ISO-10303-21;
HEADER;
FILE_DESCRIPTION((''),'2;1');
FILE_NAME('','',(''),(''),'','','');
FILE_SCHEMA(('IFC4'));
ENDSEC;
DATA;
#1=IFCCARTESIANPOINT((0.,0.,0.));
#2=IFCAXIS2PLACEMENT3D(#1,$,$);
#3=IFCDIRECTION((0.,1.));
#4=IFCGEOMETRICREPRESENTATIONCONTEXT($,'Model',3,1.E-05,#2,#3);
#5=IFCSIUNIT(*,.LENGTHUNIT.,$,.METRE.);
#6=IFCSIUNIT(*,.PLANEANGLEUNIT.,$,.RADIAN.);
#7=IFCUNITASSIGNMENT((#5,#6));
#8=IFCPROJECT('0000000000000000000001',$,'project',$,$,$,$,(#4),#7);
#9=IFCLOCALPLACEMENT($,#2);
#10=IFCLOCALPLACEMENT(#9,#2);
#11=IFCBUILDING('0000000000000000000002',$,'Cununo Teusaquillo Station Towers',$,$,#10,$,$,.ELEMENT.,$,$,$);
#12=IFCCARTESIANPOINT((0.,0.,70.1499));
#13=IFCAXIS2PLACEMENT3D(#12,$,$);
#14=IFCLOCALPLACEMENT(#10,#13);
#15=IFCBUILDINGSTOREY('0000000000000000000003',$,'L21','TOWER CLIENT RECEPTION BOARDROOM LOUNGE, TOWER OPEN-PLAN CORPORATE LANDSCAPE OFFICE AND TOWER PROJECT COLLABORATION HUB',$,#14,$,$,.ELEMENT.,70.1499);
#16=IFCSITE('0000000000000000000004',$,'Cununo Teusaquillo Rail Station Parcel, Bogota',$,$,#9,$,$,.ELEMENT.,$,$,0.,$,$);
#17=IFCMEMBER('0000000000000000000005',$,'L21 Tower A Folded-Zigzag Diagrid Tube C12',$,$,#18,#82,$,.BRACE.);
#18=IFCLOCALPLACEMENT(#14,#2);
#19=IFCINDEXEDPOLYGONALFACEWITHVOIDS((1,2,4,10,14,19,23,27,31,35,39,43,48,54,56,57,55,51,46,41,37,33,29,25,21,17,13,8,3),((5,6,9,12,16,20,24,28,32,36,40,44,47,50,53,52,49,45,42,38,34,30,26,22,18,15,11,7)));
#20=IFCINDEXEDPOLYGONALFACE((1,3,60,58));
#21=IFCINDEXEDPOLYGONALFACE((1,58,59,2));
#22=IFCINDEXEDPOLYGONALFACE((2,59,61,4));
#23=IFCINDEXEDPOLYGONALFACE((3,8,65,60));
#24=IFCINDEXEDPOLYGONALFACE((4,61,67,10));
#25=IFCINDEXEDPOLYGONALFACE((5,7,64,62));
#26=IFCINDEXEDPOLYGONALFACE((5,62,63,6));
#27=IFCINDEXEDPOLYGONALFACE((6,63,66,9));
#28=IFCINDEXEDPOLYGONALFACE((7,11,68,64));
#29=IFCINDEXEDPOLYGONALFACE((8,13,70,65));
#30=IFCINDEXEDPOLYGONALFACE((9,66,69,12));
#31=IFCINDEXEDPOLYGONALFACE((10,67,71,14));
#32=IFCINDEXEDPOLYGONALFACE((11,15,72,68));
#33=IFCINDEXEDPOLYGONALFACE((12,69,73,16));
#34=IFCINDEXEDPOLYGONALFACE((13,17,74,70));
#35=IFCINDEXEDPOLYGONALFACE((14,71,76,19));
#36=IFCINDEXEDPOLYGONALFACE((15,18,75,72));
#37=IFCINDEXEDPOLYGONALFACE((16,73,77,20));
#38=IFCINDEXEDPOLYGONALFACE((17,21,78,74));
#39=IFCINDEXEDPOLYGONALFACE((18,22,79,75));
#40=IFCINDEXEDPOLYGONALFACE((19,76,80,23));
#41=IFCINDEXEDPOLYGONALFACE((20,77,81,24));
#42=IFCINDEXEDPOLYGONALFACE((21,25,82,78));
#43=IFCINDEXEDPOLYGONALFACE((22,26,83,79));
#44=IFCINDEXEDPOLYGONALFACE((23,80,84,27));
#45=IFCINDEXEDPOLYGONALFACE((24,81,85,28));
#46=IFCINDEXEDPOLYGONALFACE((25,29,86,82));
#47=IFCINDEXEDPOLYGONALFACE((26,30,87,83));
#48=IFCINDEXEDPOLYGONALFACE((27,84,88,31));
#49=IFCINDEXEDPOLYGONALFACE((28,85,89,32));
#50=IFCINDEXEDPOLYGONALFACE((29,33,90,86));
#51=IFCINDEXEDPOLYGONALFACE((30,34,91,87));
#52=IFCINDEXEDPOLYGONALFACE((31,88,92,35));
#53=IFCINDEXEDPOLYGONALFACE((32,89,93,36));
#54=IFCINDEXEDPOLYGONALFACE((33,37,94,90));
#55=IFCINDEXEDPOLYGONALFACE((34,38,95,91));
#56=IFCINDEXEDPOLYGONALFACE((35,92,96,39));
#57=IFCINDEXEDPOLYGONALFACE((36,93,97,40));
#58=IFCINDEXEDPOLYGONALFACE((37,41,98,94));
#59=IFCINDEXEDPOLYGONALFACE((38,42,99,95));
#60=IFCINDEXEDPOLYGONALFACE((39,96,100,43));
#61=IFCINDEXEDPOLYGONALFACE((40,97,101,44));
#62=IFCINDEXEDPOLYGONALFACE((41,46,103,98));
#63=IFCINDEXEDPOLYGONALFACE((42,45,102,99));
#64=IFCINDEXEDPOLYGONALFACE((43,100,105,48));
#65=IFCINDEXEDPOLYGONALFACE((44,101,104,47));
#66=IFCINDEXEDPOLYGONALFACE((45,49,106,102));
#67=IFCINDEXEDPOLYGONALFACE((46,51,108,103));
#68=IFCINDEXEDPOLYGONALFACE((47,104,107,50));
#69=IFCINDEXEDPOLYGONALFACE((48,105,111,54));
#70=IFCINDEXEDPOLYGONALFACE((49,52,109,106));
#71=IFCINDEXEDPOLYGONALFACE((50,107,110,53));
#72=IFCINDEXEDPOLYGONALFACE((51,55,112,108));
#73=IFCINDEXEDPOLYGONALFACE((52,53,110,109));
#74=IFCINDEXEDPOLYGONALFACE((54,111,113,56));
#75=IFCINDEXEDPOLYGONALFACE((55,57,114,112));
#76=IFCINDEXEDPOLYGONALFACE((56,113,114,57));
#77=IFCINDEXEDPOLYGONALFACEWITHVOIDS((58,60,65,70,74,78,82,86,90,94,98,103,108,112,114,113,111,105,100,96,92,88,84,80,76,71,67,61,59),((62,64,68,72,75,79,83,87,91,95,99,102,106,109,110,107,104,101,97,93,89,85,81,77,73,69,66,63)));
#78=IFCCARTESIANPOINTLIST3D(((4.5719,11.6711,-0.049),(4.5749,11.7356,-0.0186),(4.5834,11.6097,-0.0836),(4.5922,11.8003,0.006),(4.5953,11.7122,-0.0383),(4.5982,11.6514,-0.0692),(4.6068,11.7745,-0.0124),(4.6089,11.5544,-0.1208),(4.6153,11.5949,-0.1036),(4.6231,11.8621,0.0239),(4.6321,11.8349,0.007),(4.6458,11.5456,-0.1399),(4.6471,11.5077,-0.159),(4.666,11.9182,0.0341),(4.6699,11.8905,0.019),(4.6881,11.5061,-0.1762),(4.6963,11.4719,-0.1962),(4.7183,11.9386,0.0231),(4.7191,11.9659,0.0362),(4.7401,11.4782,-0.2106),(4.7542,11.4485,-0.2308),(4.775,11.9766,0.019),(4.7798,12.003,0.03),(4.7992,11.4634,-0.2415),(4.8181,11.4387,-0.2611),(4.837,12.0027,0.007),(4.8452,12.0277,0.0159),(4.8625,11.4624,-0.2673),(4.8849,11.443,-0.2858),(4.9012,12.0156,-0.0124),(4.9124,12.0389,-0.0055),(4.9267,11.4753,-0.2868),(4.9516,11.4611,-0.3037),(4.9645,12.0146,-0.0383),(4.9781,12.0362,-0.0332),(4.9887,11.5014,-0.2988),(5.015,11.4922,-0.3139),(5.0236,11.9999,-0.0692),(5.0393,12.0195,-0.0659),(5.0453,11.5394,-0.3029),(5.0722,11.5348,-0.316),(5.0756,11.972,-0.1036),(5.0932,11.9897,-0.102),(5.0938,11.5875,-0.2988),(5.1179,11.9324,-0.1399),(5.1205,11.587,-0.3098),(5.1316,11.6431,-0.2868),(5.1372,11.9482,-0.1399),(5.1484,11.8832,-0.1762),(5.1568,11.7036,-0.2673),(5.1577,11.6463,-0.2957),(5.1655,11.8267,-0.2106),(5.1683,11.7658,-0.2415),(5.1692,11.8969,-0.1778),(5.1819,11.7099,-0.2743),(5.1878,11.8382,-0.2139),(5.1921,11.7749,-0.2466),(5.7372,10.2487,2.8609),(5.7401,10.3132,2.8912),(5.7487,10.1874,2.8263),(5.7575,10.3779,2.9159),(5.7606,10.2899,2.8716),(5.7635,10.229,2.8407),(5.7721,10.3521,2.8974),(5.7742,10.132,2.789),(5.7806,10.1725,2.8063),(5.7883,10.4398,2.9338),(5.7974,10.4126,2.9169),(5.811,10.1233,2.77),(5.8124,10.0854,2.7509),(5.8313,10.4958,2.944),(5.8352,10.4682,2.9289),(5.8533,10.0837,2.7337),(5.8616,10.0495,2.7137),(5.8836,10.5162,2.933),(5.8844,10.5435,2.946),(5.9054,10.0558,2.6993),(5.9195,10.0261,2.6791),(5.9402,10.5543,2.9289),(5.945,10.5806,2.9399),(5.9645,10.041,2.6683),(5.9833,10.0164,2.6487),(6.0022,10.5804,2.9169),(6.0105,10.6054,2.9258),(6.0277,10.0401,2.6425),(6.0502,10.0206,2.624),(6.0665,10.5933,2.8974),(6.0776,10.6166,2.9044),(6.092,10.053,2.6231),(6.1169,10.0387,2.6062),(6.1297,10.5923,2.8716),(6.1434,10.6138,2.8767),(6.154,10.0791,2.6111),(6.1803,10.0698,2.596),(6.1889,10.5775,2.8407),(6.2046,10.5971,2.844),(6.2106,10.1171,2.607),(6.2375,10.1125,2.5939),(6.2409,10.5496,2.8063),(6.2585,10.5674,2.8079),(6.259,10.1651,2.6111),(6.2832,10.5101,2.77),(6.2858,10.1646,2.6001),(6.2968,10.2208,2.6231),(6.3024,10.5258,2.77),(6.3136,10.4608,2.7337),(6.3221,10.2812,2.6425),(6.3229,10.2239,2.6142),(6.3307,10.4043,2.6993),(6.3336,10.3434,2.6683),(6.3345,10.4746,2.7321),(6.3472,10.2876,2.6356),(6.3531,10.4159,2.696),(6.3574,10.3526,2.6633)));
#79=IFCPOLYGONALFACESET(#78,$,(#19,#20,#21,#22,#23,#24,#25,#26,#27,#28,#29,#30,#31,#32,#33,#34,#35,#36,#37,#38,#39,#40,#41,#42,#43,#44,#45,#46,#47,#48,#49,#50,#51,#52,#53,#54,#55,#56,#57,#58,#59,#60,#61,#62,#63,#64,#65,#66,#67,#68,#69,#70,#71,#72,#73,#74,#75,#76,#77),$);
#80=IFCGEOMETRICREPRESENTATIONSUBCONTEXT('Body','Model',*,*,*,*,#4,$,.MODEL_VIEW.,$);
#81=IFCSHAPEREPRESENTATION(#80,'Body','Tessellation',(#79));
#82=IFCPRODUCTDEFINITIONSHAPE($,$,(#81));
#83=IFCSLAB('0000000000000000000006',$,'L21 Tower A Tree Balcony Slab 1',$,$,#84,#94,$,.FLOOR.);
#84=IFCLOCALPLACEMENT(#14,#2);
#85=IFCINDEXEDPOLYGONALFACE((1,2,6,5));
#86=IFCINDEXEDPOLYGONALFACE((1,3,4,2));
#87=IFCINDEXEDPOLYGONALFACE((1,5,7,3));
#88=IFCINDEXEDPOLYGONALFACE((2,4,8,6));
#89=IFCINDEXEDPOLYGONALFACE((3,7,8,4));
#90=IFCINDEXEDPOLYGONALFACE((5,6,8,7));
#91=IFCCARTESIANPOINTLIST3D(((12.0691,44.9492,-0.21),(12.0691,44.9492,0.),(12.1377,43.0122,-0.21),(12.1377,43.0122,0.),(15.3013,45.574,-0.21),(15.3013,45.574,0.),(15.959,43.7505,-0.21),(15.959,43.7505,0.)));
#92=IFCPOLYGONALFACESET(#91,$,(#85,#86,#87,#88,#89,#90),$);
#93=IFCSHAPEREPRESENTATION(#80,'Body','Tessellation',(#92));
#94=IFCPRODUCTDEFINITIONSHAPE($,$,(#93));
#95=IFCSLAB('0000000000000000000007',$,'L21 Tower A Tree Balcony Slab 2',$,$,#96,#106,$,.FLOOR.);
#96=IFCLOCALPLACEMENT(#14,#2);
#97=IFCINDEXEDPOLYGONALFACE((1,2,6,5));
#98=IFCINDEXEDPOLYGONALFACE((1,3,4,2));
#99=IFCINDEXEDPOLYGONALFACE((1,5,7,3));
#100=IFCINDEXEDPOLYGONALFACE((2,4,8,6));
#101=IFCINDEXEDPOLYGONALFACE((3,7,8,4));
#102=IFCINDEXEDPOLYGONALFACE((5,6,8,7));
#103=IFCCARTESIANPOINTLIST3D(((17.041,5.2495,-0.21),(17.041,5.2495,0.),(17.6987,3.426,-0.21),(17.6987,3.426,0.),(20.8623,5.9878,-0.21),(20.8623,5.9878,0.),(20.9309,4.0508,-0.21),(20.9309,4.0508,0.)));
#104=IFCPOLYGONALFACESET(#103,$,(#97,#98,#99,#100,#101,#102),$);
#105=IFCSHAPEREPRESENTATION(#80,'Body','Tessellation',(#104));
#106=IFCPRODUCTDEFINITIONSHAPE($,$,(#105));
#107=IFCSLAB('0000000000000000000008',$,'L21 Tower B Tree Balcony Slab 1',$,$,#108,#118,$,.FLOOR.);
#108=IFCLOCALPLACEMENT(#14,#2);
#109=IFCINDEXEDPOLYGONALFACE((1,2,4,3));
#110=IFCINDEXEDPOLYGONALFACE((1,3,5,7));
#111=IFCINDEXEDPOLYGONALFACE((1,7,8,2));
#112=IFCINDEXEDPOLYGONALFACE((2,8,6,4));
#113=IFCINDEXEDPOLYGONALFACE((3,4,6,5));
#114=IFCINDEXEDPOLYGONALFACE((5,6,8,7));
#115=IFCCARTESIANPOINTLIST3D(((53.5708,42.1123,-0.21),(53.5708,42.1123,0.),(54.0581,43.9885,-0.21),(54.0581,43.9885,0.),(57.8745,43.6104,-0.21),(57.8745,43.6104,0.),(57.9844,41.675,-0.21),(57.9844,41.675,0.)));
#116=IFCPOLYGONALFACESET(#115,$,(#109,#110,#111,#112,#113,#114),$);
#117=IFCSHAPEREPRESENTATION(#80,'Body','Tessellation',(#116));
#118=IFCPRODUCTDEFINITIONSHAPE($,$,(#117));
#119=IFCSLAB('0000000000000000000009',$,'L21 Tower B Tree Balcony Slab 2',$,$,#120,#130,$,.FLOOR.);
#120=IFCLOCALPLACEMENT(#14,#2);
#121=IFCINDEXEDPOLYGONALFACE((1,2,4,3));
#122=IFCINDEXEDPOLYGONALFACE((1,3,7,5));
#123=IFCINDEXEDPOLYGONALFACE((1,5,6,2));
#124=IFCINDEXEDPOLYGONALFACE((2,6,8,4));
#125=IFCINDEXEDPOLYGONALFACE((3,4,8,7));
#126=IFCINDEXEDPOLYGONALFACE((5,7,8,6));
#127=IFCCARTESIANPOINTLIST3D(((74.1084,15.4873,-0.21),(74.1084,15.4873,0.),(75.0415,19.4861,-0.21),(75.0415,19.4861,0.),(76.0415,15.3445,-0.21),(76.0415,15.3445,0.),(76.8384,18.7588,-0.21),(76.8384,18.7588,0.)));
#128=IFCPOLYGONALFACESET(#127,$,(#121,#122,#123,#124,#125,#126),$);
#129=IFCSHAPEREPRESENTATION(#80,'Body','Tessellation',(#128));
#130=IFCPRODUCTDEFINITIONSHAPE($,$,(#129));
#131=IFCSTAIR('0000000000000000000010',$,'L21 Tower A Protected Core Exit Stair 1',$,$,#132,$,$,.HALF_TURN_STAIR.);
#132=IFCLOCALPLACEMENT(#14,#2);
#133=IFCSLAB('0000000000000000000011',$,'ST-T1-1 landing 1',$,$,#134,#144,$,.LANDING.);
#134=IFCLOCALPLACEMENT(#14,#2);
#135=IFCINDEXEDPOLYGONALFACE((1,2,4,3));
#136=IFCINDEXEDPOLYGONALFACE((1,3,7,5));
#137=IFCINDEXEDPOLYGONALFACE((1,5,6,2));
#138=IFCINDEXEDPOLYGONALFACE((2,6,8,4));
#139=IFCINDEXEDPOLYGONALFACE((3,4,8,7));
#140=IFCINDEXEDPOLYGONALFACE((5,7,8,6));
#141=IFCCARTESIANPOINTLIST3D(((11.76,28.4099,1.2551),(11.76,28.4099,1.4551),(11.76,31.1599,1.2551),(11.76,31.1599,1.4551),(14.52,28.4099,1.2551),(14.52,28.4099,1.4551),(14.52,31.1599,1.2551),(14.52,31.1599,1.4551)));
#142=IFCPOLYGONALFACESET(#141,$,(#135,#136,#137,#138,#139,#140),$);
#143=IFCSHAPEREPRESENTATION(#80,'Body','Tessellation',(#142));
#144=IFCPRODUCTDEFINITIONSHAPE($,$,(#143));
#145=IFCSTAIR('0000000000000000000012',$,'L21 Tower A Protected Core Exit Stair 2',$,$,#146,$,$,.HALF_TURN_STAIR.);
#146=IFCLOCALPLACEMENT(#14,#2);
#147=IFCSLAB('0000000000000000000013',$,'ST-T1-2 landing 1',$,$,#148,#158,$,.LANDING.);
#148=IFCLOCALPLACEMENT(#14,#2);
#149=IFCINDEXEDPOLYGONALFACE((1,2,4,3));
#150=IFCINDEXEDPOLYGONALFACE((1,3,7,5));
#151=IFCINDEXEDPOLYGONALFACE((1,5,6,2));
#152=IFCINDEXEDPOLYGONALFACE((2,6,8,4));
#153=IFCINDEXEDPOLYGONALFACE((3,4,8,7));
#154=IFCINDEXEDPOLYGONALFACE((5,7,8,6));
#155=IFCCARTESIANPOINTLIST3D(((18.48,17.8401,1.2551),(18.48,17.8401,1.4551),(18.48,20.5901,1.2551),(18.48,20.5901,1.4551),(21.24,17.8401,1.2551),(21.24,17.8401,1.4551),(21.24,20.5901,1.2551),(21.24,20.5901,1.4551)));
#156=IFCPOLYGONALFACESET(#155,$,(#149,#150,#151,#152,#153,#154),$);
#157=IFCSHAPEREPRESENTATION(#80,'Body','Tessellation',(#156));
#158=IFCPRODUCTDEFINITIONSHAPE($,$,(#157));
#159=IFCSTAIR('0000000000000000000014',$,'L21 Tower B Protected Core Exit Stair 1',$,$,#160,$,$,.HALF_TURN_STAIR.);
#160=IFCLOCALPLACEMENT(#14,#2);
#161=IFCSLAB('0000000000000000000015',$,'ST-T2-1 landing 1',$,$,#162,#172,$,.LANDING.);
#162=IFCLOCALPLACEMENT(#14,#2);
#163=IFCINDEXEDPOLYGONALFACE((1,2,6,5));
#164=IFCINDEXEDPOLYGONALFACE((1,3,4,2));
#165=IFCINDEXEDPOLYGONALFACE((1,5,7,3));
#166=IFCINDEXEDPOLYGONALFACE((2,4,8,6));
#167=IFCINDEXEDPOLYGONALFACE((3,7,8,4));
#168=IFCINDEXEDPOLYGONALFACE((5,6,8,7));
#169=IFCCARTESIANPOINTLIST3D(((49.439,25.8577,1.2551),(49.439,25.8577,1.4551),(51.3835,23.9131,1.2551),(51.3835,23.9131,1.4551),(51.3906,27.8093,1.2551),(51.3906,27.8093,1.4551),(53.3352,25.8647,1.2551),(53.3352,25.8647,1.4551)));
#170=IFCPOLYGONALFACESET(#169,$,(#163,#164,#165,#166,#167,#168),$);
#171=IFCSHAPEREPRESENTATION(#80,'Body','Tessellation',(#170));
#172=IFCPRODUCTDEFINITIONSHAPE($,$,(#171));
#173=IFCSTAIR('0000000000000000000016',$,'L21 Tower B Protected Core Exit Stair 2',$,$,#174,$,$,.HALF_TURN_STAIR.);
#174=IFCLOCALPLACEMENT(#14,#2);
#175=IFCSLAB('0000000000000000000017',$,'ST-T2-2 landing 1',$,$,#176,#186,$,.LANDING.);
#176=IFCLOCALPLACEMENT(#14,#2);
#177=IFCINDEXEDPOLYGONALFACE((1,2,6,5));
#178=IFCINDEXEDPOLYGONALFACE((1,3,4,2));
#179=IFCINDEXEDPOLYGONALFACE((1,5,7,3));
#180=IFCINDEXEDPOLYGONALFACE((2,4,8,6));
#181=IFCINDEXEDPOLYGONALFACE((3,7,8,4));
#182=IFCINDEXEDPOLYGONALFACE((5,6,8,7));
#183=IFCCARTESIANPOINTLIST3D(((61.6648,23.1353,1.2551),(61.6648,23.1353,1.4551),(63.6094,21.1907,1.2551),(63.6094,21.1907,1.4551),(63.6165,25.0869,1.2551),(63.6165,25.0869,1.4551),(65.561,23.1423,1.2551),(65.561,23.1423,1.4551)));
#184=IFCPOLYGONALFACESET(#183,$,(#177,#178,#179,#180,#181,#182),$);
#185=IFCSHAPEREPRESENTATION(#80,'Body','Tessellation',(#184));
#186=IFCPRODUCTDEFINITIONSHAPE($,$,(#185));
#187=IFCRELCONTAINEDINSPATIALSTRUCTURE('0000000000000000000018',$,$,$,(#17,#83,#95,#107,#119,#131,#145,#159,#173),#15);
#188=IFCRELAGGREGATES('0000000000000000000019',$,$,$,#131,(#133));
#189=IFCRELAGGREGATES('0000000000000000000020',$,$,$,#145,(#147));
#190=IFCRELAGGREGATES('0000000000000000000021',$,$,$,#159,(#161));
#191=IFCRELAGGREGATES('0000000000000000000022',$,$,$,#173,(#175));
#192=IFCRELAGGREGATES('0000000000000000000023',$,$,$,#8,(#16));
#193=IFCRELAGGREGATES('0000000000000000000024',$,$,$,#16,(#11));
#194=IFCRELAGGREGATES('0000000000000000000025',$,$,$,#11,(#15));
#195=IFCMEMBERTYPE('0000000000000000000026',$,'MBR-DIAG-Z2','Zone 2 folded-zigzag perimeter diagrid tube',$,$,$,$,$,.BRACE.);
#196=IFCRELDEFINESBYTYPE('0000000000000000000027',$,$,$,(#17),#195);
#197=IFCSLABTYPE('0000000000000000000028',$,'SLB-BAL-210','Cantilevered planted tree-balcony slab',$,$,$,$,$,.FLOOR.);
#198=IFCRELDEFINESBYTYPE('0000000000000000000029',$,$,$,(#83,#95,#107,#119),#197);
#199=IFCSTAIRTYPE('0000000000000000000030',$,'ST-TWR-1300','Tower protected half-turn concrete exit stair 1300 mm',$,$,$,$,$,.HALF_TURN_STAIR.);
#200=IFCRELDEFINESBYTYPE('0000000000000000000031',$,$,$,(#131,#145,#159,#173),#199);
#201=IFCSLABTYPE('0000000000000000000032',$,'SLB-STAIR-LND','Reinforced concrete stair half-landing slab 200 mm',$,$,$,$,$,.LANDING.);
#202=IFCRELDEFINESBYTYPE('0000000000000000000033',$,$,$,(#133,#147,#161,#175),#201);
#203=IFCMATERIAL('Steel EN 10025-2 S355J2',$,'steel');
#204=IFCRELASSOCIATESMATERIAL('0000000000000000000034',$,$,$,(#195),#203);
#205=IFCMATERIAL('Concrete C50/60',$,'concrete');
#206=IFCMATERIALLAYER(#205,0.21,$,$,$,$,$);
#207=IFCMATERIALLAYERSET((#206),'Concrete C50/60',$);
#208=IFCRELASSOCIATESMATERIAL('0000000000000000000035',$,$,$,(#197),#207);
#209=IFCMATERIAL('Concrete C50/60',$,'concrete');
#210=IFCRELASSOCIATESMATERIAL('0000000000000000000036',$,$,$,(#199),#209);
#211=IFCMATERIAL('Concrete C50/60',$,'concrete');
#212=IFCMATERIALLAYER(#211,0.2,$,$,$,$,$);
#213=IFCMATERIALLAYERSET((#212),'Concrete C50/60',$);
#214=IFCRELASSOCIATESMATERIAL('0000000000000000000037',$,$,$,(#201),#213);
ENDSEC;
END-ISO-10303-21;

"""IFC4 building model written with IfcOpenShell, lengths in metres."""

from ifc_helpers import new_model, si_unit, direction, frame, origin, origin_2d, place, context, subcontext, project, spatial, polyline, hollow_circle, outline, extrude, material, layer, layer_set, material_profile, profile_set, type_object, element, aggregate, save


model = new_model("IFC4")

# Units and contexts
model_context = context("Model", 3, precision=1e-05, world=origin(), true_north=direction((0.0, 1.0)))
body_context = subcontext(model_context, "Body", "Model", "MODEL_VIEW")
ifc_project = project(units=[si_unit("LENGTHUNIT", "METRE"), si_unit("PLANEANGLEUNIT", "RADIAN")], contexts=[model_context])

# Site, building, storey
site_placement = place(None, origin())
site = spatial("IfcSite", under=ifc_project, at=site_placement, Name="Cununo Teusaquillo Rail Station Parcel, Bogota", CompositionType="ELEMENT", RefElevation=0.0)
building_placement = place(site_placement, origin())
building = spatial("IfcBuilding", under=site, at=building_placement, Name="Cununo Teusaquillo Station Towers", CompositionType="ELEMENT")
storey_placement = place(building_placement, frame((0.0, 0.0, 70.1499)))
storey = spatial("IfcBuildingStorey", under=building, at=storey_placement, Name="L21", Description="TOWER CLIENT RECEPTION BOARDROOM LOUNGE, TOWER OPEN-PLAN CORPORATE LANDSCAPE OFFICE AND TOWER PROJECT COLLABORATION HUB", CompositionType="ELEMENT", Elevation=70.1499)

# Member
ifc_material_1 = material(Name="Steel EN 10025-2 S355J2", Category="steel")
ifc_material_profile_1 = material_profile(ifc_material_1, hollow_circle(Radius=0.3301, WallThickness=0.0249, at=origin_2d()), Name="CHS 660x25")
ifc_profile_set_1 = profile_set([ifc_material_profile_1], Name="Steel EN 10025-2 S355J2")
member_type = type_object("IfcMemberType", Name="MBR-DIAG-Z2", Description="Zone 2 folded-zigzag perimeter diagrid tube", PredefinedType="BRACE", material=ifc_profile_set_1)
member_placement = place(storey_placement, frame((4.8818, 11.739, -0.1399), z_axis=(0.338531, -0.413216, 0.845369), x_axis=(0.773549, 0.633737, 0.0)))
element("IfcMember", 1, at=member_placement, inside=storey, type_object=member_type, Name="L21 Tower A Folded-Zigzag Diagrid Tube C12", PredefinedType="BRACE", context=body_context, shape_type="SweptSolid", body=[
    extrude(hollow_circle(Radius=0.3301, WallThickness=0.0249, at=origin_2d()), origin(), (0.0, 0.0, 1.0), 3.4421),
])

# Slabs
ifc_material_2 = material(Name="Concrete C50/60", Category="concrete")
ifc_layer_1 = layer(ifc_material_2, 0.21)
ifc_layer_set_1 = layer_set([ifc_layer_1], Name="Concrete C50/60")
slab_type_1 = type_object("IfcSlabType", Name="SLB-BAL-210", Description="Cantilevered planted tree-balcony slab", PredefinedType="FLOOR", material=ifc_layer_set_1)
slab_1_placement = place(storey_placement, frame((0.0, 0.0, -0.21)))
element("IfcSlab", 2, at=slab_1_placement, inside=storey, type_object=slab_type_1, Name="L21 Tower A Tree Balcony Slab 1", PredefinedType="FLOOR", context=body_context, shape_type="SweptSolid", body=[
    extrude(outline(polyline([(15.959, 43.7505), (12.1377, 43.0122), (12.0691, 44.9492), (15.3013, 45.574), (15.959, 43.7505)])), origin(), (0.0, 0.0, 1.0), 0.21),
])
slab_2_placement = place(storey_placement, frame((0.0, 0.0, -0.21)))
element("IfcSlab", 3, at=slab_2_placement, inside=storey, type_object=slab_type_1, Name="L21 Tower A Tree Balcony Slab 2", PredefinedType="FLOOR", context=body_context, shape_type="SweptSolid", body=[
    extrude(outline(polyline([(17.041, 5.2495), (20.8623, 5.9878), (20.9309, 4.0508), (17.6987, 3.426), (17.041, 5.2495)])), origin(), (0.0, 0.0, 1.0), 0.21),
])
slab_3_placement = place(storey_placement, frame((0.0, 0.0, -0.21)))
element("IfcSlab", 4, at=slab_3_placement, inside=storey, type_object=slab_type_1, Name="L21 Tower B Tree Balcony Slab 1", PredefinedType="FLOOR", context=body_context, shape_type="SweptSolid", body=[
    extrude(outline(polyline([(57.9844, 41.675), (53.5708, 42.1123), (54.0581, 43.9885), (57.8745, 43.6104), (57.9844, 41.675)])), origin(), (0.0, 0.0, 1.0), 0.21),
])
slab_4_placement = place(storey_placement, frame((0.0, 0.0, -0.21)))
element("IfcSlab", 5, at=slab_4_placement, inside=storey, type_object=slab_type_1, Name="L21 Tower B Tree Balcony Slab 2", PredefinedType="FLOOR", context=body_context, shape_type="SweptSolid", body=[
    extrude(outline(polyline([(74.1084, 15.4873), (75.0415, 19.4861), (76.8384, 18.7588), (76.0415, 15.3445), (74.1084, 15.4873)])), origin(), (0.0, 0.0, 1.0), 0.21),
])

# Stairs, slabs
ifc_material_3 = material(Name="Concrete C50/60", Category="concrete")
stair_type = type_object("IfcStairType", Name="ST-TWR-1300", Description="Tower protected half-turn concrete exit stair 1300 mm", PredefinedType="HALF_TURN_STAIR", material=ifc_material_3)
stair_1_placement = place(storey_placement, origin())
stair_1 = element("IfcStair", 6, at=stair_1_placement, inside=storey, type_object=stair_type, Name="L21 Tower A Protected Core Exit Stair 1", PredefinedType="HALF_TURN_STAIR")
ifc_material_4 = material(Name="Concrete C50/60", Category="concrete")
ifc_layer_2 = layer(ifc_material_4, 0.2)
ifc_layer_set_2 = layer_set([ifc_layer_2], Name="Concrete C50/60")
slab_type_2 = type_object("IfcSlabType", Name="SLB-STAIR-LND", Description="Reinforced concrete stair half-landing slab 200 mm", PredefinedType="LANDING", material=ifc_layer_set_2)
slab_5_placement = place(storey_placement, frame((0.0, 0.0, 1.2551)))
slab_5 = element("IfcSlab", 7, at=slab_5_placement, type_object=slab_type_2, Name="ST-T1-1 landing 1", PredefinedType="LANDING", context=body_context, shape_type="SweptSolid", body=[
    extrude(outline(polyline([(14.52, 28.4099), (14.52, 31.1599), (11.76, 31.1599), (11.76, 28.4099), (14.52, 28.4099)])), origin(), (0.0, 0.0, 1.0), 0.2),
])
aggregate(stair_1, [slab_5])
stair_2_placement = place(storey_placement, origin())
stair_2 = element("IfcStair", 8, at=stair_2_placement, inside=storey, type_object=stair_type, Name="L21 Tower A Protected Core Exit Stair 2", PredefinedType="HALF_TURN_STAIR")
slab_6_placement = place(storey_placement, frame((0.0, 0.0, 1.2551)))
slab_6 = element("IfcSlab", 9, at=slab_6_placement, type_object=slab_type_2, Name="ST-T1-2 landing 1", PredefinedType="LANDING", context=body_context, shape_type="SweptSolid", body=[
    extrude(outline(polyline([(18.48, 20.5901), (18.48, 17.8401), (21.24, 17.8401), (21.24, 20.5901), (18.48, 20.5901)])), origin(), (0.0, 0.0, 1.0), 0.2),
])
aggregate(stair_2, [slab_6])
stair_3_placement = place(storey_placement, origin())
stair_3 = element("IfcStair", 10, at=stair_3_placement, inside=storey, type_object=stair_type, Name="L21 Tower B Protected Core Exit Stair 1", PredefinedType="HALF_TURN_STAIR")
slab_7_placement = place(storey_placement, frame((0.0, 0.0, 1.2551)))
slab_7 = element("IfcSlab", 11, at=slab_7_placement, type_object=slab_type_2, Name="ST-T2-1 landing 1", PredefinedType="LANDING", context=body_context, shape_type="SweptSolid", body=[
    extrude(outline(polyline([(53.3352, 25.8647), (51.3906, 27.8093), (49.439, 25.8577), (51.3835, 23.9131), (53.3352, 25.8647)])), origin(), (0.0, 0.0, 1.0), 0.2),
])
aggregate(stair_3, [slab_7])
stair_4_placement = place(storey_placement, origin())
stair_4 = element("IfcStair", 12, at=stair_4_placement, inside=storey, type_object=stair_type, Name="L21 Tower B Protected Core Exit Stair 2", PredefinedType="HALF_TURN_STAIR")
slab_8_placement = place(storey_placement, frame((0.0, 0.0, 1.2551)))
slab_8 = element("IfcSlab", 13, at=slab_8_placement, type_object=slab_type_2, Name="ST-T2-2 landing 1", PredefinedType="LANDING", context=body_context, shape_type="SweptSolid", body=[
    extrude(outline(polyline([(61.6648, 23.1353), (63.6094, 21.1907), (65.561, 23.1423), (63.6165, 25.0869), (61.6648, 23.1353)])), origin(), (0.0, 0.0, 1.0), 0.2),
])
aggregate(stair_4, [slab_8])

save(model, "model.ifc")
